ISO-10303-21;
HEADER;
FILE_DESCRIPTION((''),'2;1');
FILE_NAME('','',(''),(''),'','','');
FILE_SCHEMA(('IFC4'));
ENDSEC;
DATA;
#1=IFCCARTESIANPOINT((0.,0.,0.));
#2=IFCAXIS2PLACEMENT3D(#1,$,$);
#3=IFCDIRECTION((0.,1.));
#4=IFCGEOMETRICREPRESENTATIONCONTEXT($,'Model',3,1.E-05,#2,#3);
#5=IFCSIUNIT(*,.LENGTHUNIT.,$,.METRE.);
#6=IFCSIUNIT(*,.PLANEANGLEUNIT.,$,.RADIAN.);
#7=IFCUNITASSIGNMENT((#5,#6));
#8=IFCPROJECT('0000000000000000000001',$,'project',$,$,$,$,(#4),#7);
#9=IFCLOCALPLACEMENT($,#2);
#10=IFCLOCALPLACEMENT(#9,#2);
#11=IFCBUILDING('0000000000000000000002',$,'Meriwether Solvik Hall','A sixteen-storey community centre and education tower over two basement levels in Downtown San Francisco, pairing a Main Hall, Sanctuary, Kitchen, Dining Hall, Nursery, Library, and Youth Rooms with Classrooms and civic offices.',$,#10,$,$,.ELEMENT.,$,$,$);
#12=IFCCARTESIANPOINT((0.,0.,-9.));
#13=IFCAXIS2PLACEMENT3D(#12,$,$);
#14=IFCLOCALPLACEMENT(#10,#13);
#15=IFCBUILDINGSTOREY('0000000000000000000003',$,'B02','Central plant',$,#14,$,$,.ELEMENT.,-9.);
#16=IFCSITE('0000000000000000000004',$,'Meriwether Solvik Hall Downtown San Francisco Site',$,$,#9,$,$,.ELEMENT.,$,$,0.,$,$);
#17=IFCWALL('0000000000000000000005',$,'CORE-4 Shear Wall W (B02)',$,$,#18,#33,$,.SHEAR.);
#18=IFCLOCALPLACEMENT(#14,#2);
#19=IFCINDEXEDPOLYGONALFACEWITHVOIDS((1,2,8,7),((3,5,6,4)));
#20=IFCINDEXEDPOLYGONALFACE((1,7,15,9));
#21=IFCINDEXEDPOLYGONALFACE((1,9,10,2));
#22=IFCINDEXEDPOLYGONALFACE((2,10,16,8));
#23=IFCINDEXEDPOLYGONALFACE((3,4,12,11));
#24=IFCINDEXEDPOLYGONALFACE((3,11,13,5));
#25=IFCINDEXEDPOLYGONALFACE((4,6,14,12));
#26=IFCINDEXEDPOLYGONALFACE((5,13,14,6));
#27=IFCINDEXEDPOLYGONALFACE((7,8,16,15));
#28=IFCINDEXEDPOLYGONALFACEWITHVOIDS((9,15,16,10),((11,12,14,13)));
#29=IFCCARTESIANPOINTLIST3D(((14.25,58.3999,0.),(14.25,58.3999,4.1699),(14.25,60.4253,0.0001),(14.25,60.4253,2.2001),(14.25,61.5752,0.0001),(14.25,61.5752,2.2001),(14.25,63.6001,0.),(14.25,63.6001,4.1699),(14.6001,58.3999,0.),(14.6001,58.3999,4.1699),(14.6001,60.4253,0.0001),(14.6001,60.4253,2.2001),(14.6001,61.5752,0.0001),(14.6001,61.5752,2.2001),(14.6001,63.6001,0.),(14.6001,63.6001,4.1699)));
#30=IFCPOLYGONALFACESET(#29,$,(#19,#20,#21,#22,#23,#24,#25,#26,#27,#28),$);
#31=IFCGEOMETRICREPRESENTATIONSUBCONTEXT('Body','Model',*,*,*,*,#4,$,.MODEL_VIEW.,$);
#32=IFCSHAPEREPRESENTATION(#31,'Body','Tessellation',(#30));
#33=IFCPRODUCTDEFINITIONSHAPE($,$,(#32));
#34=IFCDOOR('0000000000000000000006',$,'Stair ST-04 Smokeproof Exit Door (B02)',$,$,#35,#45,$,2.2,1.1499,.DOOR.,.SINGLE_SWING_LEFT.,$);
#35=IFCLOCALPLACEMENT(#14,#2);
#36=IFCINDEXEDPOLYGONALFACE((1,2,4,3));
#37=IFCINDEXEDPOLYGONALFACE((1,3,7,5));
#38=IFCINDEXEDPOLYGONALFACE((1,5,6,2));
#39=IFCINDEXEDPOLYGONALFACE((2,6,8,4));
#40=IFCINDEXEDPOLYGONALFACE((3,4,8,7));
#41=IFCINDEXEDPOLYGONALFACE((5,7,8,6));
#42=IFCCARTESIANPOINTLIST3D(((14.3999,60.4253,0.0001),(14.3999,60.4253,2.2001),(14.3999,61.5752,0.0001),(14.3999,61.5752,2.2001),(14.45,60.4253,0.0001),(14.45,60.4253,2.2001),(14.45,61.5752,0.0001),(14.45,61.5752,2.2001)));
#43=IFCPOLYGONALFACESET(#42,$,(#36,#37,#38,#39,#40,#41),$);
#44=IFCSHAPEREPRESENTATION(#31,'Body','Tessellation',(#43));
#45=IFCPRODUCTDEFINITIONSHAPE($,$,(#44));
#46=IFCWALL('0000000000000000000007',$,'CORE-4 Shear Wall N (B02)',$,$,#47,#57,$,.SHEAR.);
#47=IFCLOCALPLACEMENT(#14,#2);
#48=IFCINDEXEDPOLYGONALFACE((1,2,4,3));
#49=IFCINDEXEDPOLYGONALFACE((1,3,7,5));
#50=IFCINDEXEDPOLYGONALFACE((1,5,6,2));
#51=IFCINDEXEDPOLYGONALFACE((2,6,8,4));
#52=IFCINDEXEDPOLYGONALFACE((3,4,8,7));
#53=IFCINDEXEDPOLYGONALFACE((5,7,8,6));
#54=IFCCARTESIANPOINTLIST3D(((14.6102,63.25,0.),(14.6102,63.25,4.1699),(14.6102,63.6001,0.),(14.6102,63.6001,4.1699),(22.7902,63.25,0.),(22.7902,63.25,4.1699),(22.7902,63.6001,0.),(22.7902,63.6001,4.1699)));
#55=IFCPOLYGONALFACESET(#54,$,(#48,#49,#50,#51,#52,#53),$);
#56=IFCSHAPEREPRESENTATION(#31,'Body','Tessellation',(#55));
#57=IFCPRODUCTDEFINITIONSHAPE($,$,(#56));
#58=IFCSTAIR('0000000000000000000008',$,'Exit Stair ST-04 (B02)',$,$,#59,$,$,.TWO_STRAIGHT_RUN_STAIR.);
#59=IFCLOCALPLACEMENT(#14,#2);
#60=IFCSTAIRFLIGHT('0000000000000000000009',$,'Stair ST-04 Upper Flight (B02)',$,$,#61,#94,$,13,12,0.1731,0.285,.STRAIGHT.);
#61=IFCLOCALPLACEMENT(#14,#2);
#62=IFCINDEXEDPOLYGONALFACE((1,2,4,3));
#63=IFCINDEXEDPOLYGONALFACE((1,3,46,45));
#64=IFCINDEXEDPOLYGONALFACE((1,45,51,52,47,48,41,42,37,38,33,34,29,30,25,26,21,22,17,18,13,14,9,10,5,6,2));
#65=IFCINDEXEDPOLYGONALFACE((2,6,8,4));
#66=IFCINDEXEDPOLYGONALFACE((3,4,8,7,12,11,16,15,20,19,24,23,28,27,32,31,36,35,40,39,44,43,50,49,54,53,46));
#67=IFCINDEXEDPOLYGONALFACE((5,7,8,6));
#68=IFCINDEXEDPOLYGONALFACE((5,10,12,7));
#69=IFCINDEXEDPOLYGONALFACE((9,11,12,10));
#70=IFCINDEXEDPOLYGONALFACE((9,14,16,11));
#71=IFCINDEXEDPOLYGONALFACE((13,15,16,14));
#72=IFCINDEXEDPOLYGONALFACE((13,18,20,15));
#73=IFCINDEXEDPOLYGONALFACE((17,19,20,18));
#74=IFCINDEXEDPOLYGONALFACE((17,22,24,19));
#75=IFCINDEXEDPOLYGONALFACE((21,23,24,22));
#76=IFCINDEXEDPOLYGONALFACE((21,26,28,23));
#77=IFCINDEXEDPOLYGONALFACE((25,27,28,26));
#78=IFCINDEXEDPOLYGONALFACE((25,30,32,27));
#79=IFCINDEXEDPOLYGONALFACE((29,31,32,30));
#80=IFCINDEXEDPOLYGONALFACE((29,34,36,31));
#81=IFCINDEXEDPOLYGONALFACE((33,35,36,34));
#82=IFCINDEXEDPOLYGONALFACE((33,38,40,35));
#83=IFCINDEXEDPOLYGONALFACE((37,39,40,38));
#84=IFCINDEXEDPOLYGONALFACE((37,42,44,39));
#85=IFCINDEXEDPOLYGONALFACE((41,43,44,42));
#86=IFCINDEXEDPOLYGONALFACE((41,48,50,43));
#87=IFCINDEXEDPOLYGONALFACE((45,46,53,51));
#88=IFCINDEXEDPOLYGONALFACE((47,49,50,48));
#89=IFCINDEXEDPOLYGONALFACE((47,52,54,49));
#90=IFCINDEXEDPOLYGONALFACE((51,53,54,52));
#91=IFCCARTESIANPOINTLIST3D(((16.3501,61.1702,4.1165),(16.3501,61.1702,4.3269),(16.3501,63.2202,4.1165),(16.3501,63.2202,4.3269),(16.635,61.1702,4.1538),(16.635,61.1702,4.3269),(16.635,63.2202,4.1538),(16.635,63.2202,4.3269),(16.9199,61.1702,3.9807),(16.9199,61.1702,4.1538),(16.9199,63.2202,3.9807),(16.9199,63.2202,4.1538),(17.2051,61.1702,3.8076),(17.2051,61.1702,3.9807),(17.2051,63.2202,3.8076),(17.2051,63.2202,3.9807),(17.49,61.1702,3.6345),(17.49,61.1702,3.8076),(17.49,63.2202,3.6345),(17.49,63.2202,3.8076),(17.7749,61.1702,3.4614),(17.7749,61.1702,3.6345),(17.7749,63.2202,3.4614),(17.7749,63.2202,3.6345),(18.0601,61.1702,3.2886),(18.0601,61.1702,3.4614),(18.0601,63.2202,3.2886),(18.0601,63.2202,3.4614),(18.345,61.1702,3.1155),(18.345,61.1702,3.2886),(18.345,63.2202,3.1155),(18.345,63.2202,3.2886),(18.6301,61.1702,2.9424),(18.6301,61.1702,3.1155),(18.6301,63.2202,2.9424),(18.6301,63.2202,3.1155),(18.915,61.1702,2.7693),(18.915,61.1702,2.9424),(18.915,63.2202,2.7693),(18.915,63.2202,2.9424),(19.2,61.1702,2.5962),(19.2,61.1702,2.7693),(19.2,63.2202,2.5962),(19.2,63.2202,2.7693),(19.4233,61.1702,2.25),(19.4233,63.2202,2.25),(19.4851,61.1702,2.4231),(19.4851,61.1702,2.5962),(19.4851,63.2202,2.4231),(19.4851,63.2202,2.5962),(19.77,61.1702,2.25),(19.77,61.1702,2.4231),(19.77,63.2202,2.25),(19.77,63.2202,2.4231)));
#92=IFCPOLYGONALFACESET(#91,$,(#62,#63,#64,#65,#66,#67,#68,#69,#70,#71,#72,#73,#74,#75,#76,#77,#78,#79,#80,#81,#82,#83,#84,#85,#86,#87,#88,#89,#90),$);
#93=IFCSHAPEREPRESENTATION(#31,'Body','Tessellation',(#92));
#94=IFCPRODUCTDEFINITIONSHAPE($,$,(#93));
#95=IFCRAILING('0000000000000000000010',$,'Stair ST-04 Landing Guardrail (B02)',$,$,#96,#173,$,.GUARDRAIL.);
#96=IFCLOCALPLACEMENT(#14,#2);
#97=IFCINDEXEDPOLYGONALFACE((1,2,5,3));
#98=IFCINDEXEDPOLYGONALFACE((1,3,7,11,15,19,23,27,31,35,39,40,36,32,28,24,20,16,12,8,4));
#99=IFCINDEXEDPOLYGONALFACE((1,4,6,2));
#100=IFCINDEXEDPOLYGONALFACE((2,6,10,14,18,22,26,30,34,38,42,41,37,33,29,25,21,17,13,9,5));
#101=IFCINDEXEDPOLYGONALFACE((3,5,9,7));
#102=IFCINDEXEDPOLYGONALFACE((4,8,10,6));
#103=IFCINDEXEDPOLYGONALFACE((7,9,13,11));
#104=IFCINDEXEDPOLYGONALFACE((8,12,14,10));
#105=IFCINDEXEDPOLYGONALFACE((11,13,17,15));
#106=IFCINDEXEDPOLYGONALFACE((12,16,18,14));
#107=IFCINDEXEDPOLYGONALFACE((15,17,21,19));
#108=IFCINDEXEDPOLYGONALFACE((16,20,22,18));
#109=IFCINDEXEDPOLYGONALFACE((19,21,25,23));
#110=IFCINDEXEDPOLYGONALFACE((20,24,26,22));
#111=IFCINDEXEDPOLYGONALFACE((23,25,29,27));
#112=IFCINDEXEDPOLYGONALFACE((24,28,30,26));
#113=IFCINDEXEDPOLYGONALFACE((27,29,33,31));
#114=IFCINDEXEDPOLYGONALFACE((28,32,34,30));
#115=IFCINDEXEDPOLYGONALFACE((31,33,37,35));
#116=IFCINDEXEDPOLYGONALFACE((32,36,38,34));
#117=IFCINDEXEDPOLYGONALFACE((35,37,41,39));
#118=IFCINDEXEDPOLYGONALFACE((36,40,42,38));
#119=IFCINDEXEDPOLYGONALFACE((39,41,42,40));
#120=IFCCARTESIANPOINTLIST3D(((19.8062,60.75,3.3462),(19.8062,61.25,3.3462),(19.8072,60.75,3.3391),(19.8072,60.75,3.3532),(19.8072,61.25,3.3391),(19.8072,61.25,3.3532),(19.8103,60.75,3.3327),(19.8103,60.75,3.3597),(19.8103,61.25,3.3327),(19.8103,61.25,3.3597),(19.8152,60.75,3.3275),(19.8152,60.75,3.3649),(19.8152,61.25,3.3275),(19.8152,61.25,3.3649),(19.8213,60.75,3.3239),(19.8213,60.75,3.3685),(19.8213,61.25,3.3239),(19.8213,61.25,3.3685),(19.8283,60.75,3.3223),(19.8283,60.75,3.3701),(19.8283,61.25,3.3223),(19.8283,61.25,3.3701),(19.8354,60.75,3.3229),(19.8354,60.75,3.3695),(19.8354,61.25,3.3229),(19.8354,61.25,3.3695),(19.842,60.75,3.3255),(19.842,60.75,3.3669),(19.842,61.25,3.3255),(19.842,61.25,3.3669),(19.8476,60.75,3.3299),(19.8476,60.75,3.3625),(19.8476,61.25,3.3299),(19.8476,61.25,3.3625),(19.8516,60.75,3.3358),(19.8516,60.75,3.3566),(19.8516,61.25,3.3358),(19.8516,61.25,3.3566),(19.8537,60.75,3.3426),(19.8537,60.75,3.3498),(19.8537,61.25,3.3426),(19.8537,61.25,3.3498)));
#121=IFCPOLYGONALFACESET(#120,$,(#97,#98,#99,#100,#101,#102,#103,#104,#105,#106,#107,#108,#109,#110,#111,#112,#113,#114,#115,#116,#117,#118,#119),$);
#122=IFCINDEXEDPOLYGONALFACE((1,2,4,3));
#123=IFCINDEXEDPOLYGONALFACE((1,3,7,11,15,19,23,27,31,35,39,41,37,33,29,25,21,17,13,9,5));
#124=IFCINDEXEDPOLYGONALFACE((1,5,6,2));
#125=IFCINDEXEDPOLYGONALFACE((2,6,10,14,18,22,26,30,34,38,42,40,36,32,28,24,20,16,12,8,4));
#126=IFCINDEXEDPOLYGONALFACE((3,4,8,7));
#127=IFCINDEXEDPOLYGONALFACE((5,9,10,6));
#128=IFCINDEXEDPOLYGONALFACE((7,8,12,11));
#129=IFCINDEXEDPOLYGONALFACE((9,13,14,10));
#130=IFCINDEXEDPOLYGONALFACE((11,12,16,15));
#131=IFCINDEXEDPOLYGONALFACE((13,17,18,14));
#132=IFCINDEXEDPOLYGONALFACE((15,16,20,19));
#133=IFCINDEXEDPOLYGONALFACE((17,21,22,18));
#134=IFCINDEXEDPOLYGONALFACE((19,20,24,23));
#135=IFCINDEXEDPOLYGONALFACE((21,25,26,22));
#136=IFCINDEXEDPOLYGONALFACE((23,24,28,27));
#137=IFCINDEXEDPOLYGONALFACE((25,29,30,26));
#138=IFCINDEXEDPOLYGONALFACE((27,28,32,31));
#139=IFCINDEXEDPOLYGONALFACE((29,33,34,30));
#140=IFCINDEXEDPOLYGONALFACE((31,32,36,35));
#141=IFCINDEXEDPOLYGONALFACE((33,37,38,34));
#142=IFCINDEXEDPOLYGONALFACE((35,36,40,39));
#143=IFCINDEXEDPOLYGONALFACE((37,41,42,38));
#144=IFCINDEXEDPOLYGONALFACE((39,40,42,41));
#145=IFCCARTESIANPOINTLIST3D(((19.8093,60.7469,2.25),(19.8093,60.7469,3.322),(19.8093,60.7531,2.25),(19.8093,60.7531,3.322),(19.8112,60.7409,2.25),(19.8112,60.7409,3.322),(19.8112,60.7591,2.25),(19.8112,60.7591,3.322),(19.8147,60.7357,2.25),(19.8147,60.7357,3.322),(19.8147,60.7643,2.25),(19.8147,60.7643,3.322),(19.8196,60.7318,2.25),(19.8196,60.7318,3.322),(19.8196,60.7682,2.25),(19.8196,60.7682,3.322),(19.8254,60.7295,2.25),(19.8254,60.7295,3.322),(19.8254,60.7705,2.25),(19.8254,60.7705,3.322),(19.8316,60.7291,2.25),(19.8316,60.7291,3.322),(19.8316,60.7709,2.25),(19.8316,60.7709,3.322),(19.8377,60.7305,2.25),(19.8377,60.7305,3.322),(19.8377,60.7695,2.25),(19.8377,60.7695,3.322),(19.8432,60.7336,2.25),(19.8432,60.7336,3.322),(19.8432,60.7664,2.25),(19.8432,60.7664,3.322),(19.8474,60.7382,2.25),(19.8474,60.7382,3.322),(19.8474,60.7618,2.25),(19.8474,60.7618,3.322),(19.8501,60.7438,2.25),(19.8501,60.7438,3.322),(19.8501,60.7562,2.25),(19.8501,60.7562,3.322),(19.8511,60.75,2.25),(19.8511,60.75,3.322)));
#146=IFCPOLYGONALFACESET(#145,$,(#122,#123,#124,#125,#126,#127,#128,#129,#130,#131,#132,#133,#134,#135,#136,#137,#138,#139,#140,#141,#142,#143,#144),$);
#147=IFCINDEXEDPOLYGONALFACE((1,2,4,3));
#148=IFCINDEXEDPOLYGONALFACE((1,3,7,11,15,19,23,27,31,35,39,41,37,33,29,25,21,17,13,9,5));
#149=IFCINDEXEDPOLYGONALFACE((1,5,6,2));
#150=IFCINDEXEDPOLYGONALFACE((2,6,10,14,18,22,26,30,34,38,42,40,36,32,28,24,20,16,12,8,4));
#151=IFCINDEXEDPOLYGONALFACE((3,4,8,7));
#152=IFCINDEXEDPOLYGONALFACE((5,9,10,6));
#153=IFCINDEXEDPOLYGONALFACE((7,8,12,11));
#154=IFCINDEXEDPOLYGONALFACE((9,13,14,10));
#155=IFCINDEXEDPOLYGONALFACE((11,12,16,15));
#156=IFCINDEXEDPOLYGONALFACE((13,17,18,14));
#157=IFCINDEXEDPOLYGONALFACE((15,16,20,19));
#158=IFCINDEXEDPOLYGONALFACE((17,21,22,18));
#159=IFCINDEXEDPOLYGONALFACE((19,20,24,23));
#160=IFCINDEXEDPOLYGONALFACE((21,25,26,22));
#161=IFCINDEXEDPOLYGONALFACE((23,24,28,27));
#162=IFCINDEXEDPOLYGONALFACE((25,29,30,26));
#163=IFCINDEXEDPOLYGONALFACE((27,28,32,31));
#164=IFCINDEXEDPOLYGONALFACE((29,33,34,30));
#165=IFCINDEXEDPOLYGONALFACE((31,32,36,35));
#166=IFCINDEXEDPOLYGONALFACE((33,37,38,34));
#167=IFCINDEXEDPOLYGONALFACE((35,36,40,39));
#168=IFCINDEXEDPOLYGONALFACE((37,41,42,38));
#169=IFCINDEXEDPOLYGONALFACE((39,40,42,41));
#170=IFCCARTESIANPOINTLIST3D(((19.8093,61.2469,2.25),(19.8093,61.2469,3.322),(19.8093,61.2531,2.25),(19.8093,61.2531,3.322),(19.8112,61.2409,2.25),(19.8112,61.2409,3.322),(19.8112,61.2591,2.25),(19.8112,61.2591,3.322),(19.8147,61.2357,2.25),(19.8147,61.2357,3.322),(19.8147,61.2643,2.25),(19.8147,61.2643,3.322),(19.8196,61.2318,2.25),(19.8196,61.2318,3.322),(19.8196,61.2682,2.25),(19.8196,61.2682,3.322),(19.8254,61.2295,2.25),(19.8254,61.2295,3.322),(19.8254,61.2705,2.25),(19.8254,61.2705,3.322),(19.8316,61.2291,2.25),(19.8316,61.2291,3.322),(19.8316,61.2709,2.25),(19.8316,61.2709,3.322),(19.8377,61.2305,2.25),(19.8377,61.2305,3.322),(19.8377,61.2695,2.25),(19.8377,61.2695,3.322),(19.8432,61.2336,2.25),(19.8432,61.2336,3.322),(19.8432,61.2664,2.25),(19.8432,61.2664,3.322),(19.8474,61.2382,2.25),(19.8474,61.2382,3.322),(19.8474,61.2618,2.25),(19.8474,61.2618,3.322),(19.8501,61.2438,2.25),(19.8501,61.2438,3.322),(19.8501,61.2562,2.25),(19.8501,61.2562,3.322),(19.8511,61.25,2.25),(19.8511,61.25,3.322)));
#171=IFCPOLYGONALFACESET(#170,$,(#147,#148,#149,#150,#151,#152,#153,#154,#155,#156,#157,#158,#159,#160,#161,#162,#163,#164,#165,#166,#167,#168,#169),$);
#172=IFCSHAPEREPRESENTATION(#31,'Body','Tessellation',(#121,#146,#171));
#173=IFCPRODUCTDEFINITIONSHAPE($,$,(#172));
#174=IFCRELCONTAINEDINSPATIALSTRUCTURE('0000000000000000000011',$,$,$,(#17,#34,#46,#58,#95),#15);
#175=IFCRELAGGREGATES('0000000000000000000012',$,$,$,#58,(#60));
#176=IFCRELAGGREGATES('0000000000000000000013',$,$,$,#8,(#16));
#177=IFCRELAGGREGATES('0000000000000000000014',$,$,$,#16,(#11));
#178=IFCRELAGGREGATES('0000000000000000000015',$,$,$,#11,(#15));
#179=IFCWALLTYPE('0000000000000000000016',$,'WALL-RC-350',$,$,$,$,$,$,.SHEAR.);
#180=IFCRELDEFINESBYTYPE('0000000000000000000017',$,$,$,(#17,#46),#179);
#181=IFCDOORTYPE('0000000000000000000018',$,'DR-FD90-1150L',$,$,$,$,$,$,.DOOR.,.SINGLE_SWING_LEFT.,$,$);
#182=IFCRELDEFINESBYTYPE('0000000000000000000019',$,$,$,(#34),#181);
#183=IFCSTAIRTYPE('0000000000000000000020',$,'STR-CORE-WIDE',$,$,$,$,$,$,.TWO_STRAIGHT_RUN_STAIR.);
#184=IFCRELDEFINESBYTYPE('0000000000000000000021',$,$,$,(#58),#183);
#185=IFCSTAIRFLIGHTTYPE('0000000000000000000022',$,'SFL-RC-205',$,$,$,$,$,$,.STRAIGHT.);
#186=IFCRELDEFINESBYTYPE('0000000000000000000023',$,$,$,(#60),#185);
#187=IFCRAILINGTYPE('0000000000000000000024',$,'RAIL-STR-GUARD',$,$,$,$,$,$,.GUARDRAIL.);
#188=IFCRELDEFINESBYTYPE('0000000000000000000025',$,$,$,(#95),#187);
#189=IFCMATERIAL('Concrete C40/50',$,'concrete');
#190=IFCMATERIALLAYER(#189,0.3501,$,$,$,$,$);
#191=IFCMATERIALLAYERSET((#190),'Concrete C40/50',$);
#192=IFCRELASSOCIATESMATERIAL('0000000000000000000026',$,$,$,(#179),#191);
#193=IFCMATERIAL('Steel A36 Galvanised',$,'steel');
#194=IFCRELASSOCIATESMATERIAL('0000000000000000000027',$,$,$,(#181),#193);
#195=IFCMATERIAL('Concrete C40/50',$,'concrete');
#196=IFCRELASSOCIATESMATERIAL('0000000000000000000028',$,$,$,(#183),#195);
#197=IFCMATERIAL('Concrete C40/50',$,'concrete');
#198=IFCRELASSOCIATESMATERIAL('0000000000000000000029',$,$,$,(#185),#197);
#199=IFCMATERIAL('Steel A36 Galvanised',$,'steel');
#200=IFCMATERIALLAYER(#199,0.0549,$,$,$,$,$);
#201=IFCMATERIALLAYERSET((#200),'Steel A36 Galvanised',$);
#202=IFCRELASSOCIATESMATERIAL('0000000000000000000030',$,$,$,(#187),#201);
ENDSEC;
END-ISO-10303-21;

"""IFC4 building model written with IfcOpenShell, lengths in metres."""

from ifc_helpers import new_model, si_unit, direction, frame, frame_2d, origin, origin_2d, place, context, subcontext, project, spatial, polyline, rectangle, circle, outline, extrude, material, layer, layer_set, type_object, element, fill, aggregate, save


model = new_model("IFC4")

# Units and contexts
model_context = context("Model", 3, precision=1e-05, world=origin(), true_north=direction((0.0, 1.0)))
body_context = subcontext(model_context, "Body", "Model", "MODEL_VIEW")
ifc_project = project(units=[si_unit("LENGTHUNIT", "METRE"), si_unit("PLANEANGLEUNIT", "RADIAN")], contexts=[model_context])

# Site, building, storey
site_placement = place(None, origin())
site = spatial("IfcSite", under=ifc_project, at=site_placement, Name="Meriwether Solvik Hall Downtown San Francisco Site", CompositionType="ELEMENT", RefElevation=0.0)
building_placement = place(site_placement, origin())
building = spatial("IfcBuilding", under=site, at=building_placement, Name="Meriwether Solvik Hall", Description="A sixteen-storey community centre and education tower over two basement levels in Downtown San Francisco, pairing a Main Hall, Sanctuary, Kitchen, Dining Hall, Nursery, Library, and Youth Rooms with Classrooms and civic offices.", CompositionType="ELEMENT")
storey_placement = place(building_placement, frame((0.0, 0.0, -9.0)))
storey = spatial("IfcBuildingStorey", under=building, at=storey_placement, Name="B02", Description="Central plant", CompositionType="ELEMENT", Elevation=-9.0)

# Wall, opening, door
ifc_material_1 = material(Name="Concrete C40/50", Category="concrete")
ifc_layer_1 = layer(ifc_material_1, 0.3501)
ifc_layer_set_1 = layer_set([ifc_layer_1], Name="Concrete C40/50")
wall_type_1 = type_object("IfcWallType", Name="WALL-RC-350", PredefinedType="SHEAR", material=ifc_layer_set_1)
wall_1_placement = place(storey_placement, frame((14.425, 63.6001, 0.0), z_axis=(0.0, 0.0, 1.0), x_axis=(0.0, -1.0, 0.0)))
wall_1 = element("IfcWall", 1, at=wall_1_placement, inside=storey, type_object=wall_type_1, Name="CORE-4 Shear Wall W (B02)", PredefinedType="SHEAR", context=body_context, shape_type="SweptSolid", body=[
    extrude(rectangle(XDim=5.2002, YDim=0.3501, at=frame_2d((2.6001, 0.0))), origin(), (0.0, 0.0, 1.0), 4.1699),
])
opening_1_placement = place(wall_1_placement, frame((2.0249, 0.0, 0.0)))
opening_1 = element("IfcOpeningElement", 2, at=opening_1_placement, cuts=wall_1, PredefinedType="OPENING", context=body_context, shape_type="SweptSolid", body=[
    extrude(rectangle(XDim=1.1499, YDim=2.2, at=frame_2d((0.575, 1.1001))), frame((0.0, 0.187, 0.0), z_axis=(0.0, -1.0, 0.0), x_axis=(1.0, 0.0, 0.0)), (0.0, 0.0, 1.0), 0.374),
])
ifc_material_2 = material(Name="Steel A36 Galvanised", Category="steel")
door_type_1 = type_object("IfcDoorType", Name="DR-FD90-1150L", OperationType="SINGLE_SWING_LEFT", PredefinedType="DOOR", material=ifc_material_2)
door_1_placement = place(opening_1_placement, origin())
door_1 = element("IfcDoor", 3, at=door_1_placement, inside=storey, type_object=door_type_1, Name="Stair ST-04 Smokeproof Exit Door (B02)", OperationType="SINGLE_SWING_LEFT", OverallHeight=2.2, OverallWidth=1.1499, PredefinedType="DOOR", context=body_context, shape_type="SweptSolid", body=[
    extrude(rectangle(XDim=1.1499, YDim=2.2, at=frame_2d((0.575, 1.1001))), frame((0.0, 0.0249, 0.0), z_axis=(0.0, -1.0, 0.0), x_axis=(1.0, 0.0, 0.0)), (0.0, 0.0, 1.0), 0.05),
])
fill(opening_1, door_1)

# Wall
wall_2_placement = place(storey_placement, frame((22.79, 63.425, 0.0), z_axis=(0.0, 0.0, 1.0), x_axis=(-1.0, 0.0, 0.0)))
element("IfcWall", 4, at=wall_2_placement, inside=storey, type_object=wall_type_1, Name="CORE-4 Shear Wall N (B02)", PredefinedType="SHEAR", context=body_context, shape_type="SweptSolid", body=[
    extrude(rectangle(XDim=8.1799, YDim=0.3501, at=frame_2d((4.0898, 0.0))), origin(), (0.0, 0.0, 1.0), 4.1699),
])

# Stair, stair flight
ifc_material_3 = material(Name="Concrete C40/50", Category="concrete")
stair_type = type_object("IfcStairType", Name="STR-CORE-WIDE", PredefinedType="TWO_STRAIGHT_RUN_STAIR", material=ifc_material_3)
stair_placement = place(storey_placement, origin())
stair = element("IfcStair", 5, at=stair_placement, inside=storey, type_object=stair_type, Name="Exit Stair ST-04 (B02)", PredefinedType="TWO_STRAIGHT_RUN_STAIR")
ifc_material_4 = material(Name="Concrete C40/50", Category="concrete")
stair_flight_type = type_object("IfcStairFlightType", Name="SFL-RC-205", PredefinedType="STRAIGHT", material=ifc_material_4)
stair_flight_placement = place(storey_placement, frame((19.77, 62.1951, 2.25), z_axis=(0.0, 0.0, 1.0), x_axis=(-1.0, 0.0, 0.0)))
stair_flight = element("IfcStairFlight", 6, at=stair_flight_placement, type_object=stair_flight_type, Name="Stair ST-04 Upper Flight (B02)", NumberOfRisers=13, NumberOfTreads=12, PredefinedType="STRAIGHT", RiserHeight=0.1731, TreadLength=0.285, context=body_context, shape_type="SweptSolid", body=[
    extrude(outline(polyline([(0.0, 0.0), (0.0, 0.1731), (0.2849, 0.1731), (0.2849, 0.3462), (0.5701, 0.3462), (0.5701, 0.5193), (0.855, 0.5193), (0.855, 0.6924), (1.1399, 0.6924), (1.1399, 0.8655), (1.425, 0.8655), (1.425, 1.0386), (1.71, 1.0386), (1.71, 1.2114), (1.9951, 1.2114), (1.9951, 1.3845), (2.28, 1.3845), (2.28, 1.5576), (2.5649, 1.5576), (2.5649, 1.7307), (2.8501, 1.7307), (2.8501, 1.9038), (3.135, 1.9038), (3.135, 2.0769), (3.4199, 2.0769), (3.4199, 2.25), (3.4199, 1.8665), (0.3467, 0.0), (0.0, 0.0)])), frame((0.0, 1.0249, 0.0), z_axis=(0.0, -1.0, 0.0), x_axis=(1.0, 0.0, 0.0)), (0.0, 0.0, 1.0), 2.05),
])
aggregate(stair, [stair_flight])

# Railing
ifc_material_5 = material(Name="Steel A36 Galvanised", Category="steel")
ifc_layer_2 = layer(ifc_material_5, 0.0549)
ifc_layer_set_2 = layer_set([ifc_layer_2], Name="Steel A36 Galvanised")
railing_type_1 = type_object("IfcRailingType", Name="RAIL-STR-GUARD", PredefinedType="GUARDRAIL", material=ifc_layer_set_2)
railing_1_placement = place(storey_placement, frame((19.8301, 60.75, 2.25)))
element("IfcRailing", 7, at=railing_1_placement, inside=storey, type_object=railing_type_1, Name="Stair ST-04 Landing Guardrail (B02)", PredefinedType="GUARDRAIL", context=body_context, shape_type="SweptSolid", body=[
    extrude(circle(Radius=0.0239, at=origin_2d()), frame((0.0, 0.0, 1.0962), z_axis=(0.0, 1.0, 0.0), x_axis=(-1.0, 0.0, 0.0)), (0.0, 0.0, 1.0), 0.5),
    extrude(circle(Radius=0.021, at=origin_2d()), origin(), (0.0, 0.0, 1.0), 1.072),
    extrude(circle(Radius=0.021, at=origin_2d()), frame((0.0, 0.5, 0.0)), (0.0, 0.0, 1.0), 1.072),
])

save(model, "model.ifc")
